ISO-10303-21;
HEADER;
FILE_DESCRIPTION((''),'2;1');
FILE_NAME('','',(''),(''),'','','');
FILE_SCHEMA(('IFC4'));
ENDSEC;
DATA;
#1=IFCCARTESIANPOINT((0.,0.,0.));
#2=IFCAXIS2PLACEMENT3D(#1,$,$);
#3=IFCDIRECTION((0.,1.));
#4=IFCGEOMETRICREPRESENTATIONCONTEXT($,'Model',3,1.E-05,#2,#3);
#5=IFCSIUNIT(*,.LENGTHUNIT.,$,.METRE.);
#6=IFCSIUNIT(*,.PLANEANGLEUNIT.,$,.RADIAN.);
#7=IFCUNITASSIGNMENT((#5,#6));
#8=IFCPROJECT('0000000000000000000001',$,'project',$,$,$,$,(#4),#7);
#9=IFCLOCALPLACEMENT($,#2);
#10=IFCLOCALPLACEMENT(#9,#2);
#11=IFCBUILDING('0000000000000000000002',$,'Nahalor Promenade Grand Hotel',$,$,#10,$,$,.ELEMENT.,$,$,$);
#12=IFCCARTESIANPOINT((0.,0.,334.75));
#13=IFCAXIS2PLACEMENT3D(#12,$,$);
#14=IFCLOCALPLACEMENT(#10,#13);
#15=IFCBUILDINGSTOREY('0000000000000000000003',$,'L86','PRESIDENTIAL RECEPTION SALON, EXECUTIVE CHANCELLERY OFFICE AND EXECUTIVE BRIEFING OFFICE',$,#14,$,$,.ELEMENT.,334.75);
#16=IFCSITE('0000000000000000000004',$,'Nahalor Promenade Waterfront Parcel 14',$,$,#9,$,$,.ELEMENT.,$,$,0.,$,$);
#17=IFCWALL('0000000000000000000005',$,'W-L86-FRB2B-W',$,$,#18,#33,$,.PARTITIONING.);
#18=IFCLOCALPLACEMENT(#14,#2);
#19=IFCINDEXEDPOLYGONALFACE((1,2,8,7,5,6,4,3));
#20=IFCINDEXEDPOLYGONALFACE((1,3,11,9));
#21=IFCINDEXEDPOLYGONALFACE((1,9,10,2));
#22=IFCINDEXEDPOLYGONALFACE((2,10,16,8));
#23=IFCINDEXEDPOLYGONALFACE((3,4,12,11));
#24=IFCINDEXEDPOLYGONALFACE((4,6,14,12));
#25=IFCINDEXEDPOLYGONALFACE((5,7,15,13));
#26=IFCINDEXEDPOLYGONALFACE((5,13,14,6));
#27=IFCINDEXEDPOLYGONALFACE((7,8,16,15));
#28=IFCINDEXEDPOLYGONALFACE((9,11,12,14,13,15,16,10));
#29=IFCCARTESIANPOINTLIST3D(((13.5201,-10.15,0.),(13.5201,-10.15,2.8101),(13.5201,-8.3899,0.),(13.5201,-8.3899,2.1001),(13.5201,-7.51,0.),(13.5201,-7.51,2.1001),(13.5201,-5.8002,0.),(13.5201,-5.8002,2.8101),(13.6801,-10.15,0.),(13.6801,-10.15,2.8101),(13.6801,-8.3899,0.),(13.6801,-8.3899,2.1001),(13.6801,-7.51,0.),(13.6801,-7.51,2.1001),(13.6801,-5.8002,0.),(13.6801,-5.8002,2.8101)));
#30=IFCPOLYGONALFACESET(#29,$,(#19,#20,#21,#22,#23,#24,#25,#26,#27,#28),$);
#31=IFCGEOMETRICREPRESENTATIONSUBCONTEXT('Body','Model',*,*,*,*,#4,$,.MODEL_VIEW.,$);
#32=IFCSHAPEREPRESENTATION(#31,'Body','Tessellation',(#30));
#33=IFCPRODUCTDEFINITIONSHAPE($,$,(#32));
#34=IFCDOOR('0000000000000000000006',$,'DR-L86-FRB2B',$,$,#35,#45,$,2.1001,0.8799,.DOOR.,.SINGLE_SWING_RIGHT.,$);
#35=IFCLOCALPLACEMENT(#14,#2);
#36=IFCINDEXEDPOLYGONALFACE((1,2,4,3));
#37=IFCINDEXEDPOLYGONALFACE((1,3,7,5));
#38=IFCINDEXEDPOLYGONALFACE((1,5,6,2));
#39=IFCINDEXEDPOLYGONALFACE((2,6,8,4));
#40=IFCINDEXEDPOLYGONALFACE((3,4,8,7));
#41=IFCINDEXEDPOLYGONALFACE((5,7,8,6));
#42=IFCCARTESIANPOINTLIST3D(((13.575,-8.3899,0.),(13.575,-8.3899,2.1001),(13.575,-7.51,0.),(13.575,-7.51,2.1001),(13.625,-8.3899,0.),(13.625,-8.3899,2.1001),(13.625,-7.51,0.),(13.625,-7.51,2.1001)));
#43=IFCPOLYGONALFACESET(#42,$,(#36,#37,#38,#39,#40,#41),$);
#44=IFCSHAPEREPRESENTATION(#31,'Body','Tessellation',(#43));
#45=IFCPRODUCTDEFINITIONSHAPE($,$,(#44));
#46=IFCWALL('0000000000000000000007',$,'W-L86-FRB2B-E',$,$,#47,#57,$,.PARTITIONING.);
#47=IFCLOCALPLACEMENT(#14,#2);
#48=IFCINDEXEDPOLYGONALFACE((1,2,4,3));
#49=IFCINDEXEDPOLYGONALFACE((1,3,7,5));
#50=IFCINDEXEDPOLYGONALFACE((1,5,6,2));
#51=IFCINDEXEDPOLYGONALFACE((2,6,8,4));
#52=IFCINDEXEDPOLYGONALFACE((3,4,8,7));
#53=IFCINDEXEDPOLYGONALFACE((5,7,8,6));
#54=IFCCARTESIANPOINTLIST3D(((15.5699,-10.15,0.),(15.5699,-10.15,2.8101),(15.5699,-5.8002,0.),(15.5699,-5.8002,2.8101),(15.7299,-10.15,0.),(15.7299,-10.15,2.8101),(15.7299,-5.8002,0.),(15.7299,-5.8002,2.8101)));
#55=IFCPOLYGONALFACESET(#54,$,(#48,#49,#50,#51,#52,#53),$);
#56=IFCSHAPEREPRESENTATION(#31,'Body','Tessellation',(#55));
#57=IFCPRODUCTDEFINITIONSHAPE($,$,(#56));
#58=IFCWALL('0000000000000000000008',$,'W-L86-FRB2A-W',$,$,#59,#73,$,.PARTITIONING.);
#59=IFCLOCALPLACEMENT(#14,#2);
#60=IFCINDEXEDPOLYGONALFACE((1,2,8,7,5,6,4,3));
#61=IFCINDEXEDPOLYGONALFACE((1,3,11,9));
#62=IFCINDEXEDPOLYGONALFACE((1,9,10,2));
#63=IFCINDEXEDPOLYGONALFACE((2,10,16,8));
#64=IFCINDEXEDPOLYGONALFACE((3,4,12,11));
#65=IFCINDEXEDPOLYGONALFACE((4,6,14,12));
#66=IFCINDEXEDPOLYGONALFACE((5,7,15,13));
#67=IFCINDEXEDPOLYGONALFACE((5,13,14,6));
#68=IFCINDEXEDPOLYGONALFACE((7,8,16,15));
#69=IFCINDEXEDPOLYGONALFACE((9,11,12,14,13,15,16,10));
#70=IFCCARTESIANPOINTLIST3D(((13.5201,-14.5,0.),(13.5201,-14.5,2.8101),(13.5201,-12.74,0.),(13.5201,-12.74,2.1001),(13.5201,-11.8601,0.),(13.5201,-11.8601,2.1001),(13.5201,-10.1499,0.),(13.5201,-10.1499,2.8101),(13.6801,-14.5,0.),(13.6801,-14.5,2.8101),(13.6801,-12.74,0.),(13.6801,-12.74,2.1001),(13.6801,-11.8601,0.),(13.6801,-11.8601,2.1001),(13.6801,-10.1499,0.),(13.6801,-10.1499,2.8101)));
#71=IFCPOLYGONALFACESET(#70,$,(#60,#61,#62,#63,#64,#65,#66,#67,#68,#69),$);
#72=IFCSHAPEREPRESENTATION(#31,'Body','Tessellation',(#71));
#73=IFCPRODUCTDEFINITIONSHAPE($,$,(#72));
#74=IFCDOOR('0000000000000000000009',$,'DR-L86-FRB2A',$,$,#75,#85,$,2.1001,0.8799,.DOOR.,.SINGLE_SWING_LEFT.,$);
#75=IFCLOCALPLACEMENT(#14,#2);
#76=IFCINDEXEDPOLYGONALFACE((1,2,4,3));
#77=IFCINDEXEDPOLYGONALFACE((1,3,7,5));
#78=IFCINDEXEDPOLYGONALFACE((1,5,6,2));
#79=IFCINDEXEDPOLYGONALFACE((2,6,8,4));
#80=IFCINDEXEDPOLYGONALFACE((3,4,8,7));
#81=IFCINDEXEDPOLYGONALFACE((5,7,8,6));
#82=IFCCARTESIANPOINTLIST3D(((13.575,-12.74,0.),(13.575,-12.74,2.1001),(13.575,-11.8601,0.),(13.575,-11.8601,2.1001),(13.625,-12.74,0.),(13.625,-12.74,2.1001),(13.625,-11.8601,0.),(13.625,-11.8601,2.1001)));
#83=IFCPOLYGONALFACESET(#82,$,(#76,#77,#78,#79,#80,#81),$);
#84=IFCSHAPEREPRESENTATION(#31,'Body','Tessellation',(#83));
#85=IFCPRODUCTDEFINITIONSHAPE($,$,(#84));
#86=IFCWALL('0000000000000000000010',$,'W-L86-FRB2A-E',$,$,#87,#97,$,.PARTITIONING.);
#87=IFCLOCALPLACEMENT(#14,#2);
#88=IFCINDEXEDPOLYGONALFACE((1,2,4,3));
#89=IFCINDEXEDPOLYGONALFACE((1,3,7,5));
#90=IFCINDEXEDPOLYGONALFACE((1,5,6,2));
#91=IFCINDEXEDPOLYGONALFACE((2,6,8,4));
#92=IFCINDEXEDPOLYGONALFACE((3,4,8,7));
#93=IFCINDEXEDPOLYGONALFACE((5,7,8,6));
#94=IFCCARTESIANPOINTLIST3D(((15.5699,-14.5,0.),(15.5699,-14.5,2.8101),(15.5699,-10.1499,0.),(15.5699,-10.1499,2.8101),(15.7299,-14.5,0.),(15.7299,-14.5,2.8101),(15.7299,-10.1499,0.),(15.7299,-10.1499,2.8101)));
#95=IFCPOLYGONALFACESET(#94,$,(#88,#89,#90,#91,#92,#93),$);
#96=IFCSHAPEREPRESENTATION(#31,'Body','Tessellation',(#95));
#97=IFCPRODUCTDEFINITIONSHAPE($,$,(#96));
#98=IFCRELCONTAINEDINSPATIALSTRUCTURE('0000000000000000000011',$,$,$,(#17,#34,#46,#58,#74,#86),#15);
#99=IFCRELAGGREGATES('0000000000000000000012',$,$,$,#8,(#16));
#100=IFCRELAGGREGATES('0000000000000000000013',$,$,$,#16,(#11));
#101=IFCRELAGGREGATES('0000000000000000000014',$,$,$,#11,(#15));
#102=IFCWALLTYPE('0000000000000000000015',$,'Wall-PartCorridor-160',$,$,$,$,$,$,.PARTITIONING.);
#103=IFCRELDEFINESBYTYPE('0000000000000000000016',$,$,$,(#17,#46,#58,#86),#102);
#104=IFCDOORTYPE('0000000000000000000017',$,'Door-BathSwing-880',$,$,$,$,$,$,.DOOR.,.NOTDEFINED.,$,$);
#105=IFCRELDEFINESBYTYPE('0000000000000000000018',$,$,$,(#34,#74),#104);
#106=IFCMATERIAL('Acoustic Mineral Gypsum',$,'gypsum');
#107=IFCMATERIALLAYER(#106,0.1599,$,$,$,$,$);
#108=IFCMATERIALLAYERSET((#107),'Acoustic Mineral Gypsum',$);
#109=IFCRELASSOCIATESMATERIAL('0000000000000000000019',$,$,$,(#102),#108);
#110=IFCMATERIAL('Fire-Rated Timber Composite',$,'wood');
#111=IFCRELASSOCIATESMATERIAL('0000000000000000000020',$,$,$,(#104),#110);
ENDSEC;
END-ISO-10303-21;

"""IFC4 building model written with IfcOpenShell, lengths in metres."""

from ifc_helpers import new_model, si_unit, direction, frame, frame_2d, origin, place, context, subcontext, project, spatial, rectangle, extrude, source, transform, mapped, material, layer, layer_set, type_object, element, fill, save


model = new_model("IFC4")

# Units and contexts
model_context = context("Model", 3, precision=1e-05, world=origin(), true_north=direction((0.0, 1.0)))
body_context = subcontext(model_context, "Body", "Model", "MODEL_VIEW")
ifc_project = project(units=[si_unit("LENGTHUNIT", "METRE"), si_unit("PLANEANGLEUNIT", "RADIAN")], contexts=[model_context])

# Site, building, storey
site_placement = place(None, origin())
site = spatial("IfcSite", under=ifc_project, at=site_placement, Name="Nahalor Promenade Waterfront Parcel 14", CompositionType="ELEMENT", RefElevation=0.0)
building_placement = place(site_placement, origin())
building = spatial("IfcBuilding", under=site, at=building_placement, Name="Nahalor Promenade Grand Hotel", CompositionType="ELEMENT")
storey_placement = place(building_placement, frame((0.0, 0.0, 334.75)))
storey = spatial("IfcBuildingStorey", under=building, at=storey_placement, Name="L86", Description="PRESIDENTIAL RECEPTION SALON, EXECUTIVE CHANCELLERY OFFICE AND EXECUTIVE BRIEFING OFFICE", CompositionType="ELEMENT", Elevation=334.75)

# Shared definitions
ifc_material_1 = material(Name="Acoustic Mineral Gypsum", Category="gypsum")
ifc_layer_1 = layer(ifc_material_1, 0.1599)
ifc_layer_set_1 = layer_set([ifc_layer_1], Name="Acoustic Mineral Gypsum")
wall_type_1 = type_object("IfcWallType", Name="Wall-PartCorridor-160", PredefinedType="PARTITIONING", material=ifc_layer_set_1)

# Wall, opening, door
shared_shape_1 = source(origin(), body_context, "Body", "SweptSolid", [
    extrude(rectangle(XDim=4.3499, YDim=0.1599, at=frame_2d((2.1748, 0.0))), origin(), (0.0, 0.0, 1.0), 2.8101),
])
wall_1_placement = place(storey_placement, frame((13.6001, -10.1499, 0.0), z_axis=(0.0, 0.0, 1.0), x_axis=(0.0, 1.0, 0.0)))
wall_1 = element("IfcWall", 1, at=wall_1_placement, inside=storey, type_object=wall_type_1, Name="W-L86-FRB2B-W", PredefinedType="PARTITIONING", context=body_context, shape_type="MappedRepresentation", body=[
    mapped(shared_shape_1, transform((0.0, 0.0, 0.0), scale=1.0)),
])
opening_1_placement = place(wall_1_placement, frame((1.76, 0.0, 0.0)))
opening_1 = element("IfcOpeningElement", 2, at=opening_1_placement, cuts=wall_1, PredefinedType="OPENING", context=body_context, shape_type="SweptSolid", body=[
    extrude(rectangle(XDim=0.8799, YDim=2.1001, at=frame_2d((0.4399, 1.05))), frame((0.0, 0.0898, 0.0), z_axis=(0.0, -1.0, 0.0), x_axis=(1.0, 0.0, 0.0)), (0.0, 0.0, 1.0), 0.1799),
])
ifc_material_2 = material(Name="Fire-Rated Timber Composite", Category="wood")
door_type_1 = type_object("IfcDoorType", Name="Door-BathSwing-880", OperationType="NOTDEFINED", PredefinedType="DOOR", material=ifc_material_2)
shared_shape_2 = source(origin(), body_context, "Body", "SweptSolid", [
    extrude(rectangle(XDim=0.8799, YDim=2.1001, at=frame_2d((0.4399, 1.05))), frame((0.0, 0.0249, 0.0), z_axis=(0.0, -1.0, 0.0), x_axis=(1.0, 0.0, 0.0)), (0.0, 0.0, 1.0), 0.05),
])
door_1_placement = place(opening_1_placement, frame((0.8799, 0.0, 0.0), z_axis=(0.0, 0.0, 1.0), x_axis=(-1.0, 0.0, 0.0)))
door_1 = element("IfcDoor", 3, at=door_1_placement, inside=storey, type_object=door_type_1, Name="DR-L86-FRB2B", OperationType="SINGLE_SWING_RIGHT", OverallHeight=2.1001, OverallWidth=0.8799, PredefinedType="DOOR", context=body_context, shape_type="MappedRepresentation", body=[
    mapped(shared_shape_2, transform((0.0, 0.0, 0.0), scale=1.0)),
])
fill(opening_1, door_1)

# Wall
wall_2_placement = place(storey_placement, frame((15.6499, -10.1499, 0.0), z_axis=(0.0, 0.0, 1.0), x_axis=(0.0, 1.0, 0.0)))
element("IfcWall", 4, at=wall_2_placement, inside=storey, type_object=wall_type_1, Name="W-L86-FRB2B-E", PredefinedType="PARTITIONING", context=body_context, shape_type="MappedRepresentation", body=[
    mapped(shared_shape_1, transform((0.0, 0.0, 0.0), scale=1.0)),
])

# Wall, opening, door
shared_shape_3 = source(origin(), body_context, "Body", "SweptSolid", [
    extrude(rectangle(XDim=4.3501, YDim=0.1599, at=frame_2d((2.175, 0.0))), origin(), (0.0, 0.0, 1.0), 2.8101),
])
wall_3_placement = place(storey_placement, frame((13.6001, -14.5, 0.0), z_axis=(0.0, 0.0, 1.0), x_axis=(0.0, 1.0, 0.0)))
wall_3 = element("IfcWall", 5, at=wall_3_placement, inside=storey, type_object=wall_type_1, Name="W-L86-FRB2A-W", PredefinedType="PARTITIONING", context=body_context, shape_type="MappedRepresentation", body=[
    mapped(shared_shape_3, transform((0.0, 0.0, 0.0), scale=1.0)),
])
opening_2_placement = place(wall_3_placement, frame((1.76, 0.0, 0.0)))
opening_2 = element("IfcOpeningElement", 6, at=opening_2_placement, cuts=wall_3, PredefinedType="OPENING", context=body_context, shape_type="SweptSolid", body=[
    extrude(rectangle(XDim=0.8799, YDim=2.1001, at=frame_2d((0.4399, 1.05))), frame((0.0, 0.0898, 0.0), z_axis=(0.0, -1.0, 0.0), x_axis=(1.0, 0.0, 0.0)), (0.0, 0.0, 1.0), 0.1799),
])
door_2_placement = place(opening_2_placement, frame((0.8799, 0.0, 0.0), z_axis=(0.0, 0.0, 1.0), x_axis=(-1.0, 0.0, 0.0)))
door_2 = element("IfcDoor", 7, at=door_2_placement, inside=storey, type_object=door_type_1, Name="DR-L86-FRB2A", OperationType="SINGLE_SWING_LEFT", OverallHeight=2.1001, OverallWidth=0.8799, PredefinedType="DOOR", context=body_context, shape_type="MappedRepresentation", body=[
    mapped(shared_shape_2, transform((0.0, 0.0, 0.0), scale=1.0)),
])
fill(opening_2, door_2)

# Wall
wall_4_placement = place(storey_placement, frame((15.6499, -14.5, 0.0), z_axis=(0.0, 0.0, 1.0), x_axis=(0.0, 1.0, 0.0)))
element("IfcWall", 8, at=wall_4_placement, inside=storey, type_object=wall_type_1, Name="W-L86-FRB2A-E", PredefinedType="PARTITIONING", context=body_context, shape_type="MappedRepresentation", body=[
    mapped(shared_shape_3, transform((0.0, 0.0, 0.0), scale=1.0)),
])

save(model, "model.ifc")
